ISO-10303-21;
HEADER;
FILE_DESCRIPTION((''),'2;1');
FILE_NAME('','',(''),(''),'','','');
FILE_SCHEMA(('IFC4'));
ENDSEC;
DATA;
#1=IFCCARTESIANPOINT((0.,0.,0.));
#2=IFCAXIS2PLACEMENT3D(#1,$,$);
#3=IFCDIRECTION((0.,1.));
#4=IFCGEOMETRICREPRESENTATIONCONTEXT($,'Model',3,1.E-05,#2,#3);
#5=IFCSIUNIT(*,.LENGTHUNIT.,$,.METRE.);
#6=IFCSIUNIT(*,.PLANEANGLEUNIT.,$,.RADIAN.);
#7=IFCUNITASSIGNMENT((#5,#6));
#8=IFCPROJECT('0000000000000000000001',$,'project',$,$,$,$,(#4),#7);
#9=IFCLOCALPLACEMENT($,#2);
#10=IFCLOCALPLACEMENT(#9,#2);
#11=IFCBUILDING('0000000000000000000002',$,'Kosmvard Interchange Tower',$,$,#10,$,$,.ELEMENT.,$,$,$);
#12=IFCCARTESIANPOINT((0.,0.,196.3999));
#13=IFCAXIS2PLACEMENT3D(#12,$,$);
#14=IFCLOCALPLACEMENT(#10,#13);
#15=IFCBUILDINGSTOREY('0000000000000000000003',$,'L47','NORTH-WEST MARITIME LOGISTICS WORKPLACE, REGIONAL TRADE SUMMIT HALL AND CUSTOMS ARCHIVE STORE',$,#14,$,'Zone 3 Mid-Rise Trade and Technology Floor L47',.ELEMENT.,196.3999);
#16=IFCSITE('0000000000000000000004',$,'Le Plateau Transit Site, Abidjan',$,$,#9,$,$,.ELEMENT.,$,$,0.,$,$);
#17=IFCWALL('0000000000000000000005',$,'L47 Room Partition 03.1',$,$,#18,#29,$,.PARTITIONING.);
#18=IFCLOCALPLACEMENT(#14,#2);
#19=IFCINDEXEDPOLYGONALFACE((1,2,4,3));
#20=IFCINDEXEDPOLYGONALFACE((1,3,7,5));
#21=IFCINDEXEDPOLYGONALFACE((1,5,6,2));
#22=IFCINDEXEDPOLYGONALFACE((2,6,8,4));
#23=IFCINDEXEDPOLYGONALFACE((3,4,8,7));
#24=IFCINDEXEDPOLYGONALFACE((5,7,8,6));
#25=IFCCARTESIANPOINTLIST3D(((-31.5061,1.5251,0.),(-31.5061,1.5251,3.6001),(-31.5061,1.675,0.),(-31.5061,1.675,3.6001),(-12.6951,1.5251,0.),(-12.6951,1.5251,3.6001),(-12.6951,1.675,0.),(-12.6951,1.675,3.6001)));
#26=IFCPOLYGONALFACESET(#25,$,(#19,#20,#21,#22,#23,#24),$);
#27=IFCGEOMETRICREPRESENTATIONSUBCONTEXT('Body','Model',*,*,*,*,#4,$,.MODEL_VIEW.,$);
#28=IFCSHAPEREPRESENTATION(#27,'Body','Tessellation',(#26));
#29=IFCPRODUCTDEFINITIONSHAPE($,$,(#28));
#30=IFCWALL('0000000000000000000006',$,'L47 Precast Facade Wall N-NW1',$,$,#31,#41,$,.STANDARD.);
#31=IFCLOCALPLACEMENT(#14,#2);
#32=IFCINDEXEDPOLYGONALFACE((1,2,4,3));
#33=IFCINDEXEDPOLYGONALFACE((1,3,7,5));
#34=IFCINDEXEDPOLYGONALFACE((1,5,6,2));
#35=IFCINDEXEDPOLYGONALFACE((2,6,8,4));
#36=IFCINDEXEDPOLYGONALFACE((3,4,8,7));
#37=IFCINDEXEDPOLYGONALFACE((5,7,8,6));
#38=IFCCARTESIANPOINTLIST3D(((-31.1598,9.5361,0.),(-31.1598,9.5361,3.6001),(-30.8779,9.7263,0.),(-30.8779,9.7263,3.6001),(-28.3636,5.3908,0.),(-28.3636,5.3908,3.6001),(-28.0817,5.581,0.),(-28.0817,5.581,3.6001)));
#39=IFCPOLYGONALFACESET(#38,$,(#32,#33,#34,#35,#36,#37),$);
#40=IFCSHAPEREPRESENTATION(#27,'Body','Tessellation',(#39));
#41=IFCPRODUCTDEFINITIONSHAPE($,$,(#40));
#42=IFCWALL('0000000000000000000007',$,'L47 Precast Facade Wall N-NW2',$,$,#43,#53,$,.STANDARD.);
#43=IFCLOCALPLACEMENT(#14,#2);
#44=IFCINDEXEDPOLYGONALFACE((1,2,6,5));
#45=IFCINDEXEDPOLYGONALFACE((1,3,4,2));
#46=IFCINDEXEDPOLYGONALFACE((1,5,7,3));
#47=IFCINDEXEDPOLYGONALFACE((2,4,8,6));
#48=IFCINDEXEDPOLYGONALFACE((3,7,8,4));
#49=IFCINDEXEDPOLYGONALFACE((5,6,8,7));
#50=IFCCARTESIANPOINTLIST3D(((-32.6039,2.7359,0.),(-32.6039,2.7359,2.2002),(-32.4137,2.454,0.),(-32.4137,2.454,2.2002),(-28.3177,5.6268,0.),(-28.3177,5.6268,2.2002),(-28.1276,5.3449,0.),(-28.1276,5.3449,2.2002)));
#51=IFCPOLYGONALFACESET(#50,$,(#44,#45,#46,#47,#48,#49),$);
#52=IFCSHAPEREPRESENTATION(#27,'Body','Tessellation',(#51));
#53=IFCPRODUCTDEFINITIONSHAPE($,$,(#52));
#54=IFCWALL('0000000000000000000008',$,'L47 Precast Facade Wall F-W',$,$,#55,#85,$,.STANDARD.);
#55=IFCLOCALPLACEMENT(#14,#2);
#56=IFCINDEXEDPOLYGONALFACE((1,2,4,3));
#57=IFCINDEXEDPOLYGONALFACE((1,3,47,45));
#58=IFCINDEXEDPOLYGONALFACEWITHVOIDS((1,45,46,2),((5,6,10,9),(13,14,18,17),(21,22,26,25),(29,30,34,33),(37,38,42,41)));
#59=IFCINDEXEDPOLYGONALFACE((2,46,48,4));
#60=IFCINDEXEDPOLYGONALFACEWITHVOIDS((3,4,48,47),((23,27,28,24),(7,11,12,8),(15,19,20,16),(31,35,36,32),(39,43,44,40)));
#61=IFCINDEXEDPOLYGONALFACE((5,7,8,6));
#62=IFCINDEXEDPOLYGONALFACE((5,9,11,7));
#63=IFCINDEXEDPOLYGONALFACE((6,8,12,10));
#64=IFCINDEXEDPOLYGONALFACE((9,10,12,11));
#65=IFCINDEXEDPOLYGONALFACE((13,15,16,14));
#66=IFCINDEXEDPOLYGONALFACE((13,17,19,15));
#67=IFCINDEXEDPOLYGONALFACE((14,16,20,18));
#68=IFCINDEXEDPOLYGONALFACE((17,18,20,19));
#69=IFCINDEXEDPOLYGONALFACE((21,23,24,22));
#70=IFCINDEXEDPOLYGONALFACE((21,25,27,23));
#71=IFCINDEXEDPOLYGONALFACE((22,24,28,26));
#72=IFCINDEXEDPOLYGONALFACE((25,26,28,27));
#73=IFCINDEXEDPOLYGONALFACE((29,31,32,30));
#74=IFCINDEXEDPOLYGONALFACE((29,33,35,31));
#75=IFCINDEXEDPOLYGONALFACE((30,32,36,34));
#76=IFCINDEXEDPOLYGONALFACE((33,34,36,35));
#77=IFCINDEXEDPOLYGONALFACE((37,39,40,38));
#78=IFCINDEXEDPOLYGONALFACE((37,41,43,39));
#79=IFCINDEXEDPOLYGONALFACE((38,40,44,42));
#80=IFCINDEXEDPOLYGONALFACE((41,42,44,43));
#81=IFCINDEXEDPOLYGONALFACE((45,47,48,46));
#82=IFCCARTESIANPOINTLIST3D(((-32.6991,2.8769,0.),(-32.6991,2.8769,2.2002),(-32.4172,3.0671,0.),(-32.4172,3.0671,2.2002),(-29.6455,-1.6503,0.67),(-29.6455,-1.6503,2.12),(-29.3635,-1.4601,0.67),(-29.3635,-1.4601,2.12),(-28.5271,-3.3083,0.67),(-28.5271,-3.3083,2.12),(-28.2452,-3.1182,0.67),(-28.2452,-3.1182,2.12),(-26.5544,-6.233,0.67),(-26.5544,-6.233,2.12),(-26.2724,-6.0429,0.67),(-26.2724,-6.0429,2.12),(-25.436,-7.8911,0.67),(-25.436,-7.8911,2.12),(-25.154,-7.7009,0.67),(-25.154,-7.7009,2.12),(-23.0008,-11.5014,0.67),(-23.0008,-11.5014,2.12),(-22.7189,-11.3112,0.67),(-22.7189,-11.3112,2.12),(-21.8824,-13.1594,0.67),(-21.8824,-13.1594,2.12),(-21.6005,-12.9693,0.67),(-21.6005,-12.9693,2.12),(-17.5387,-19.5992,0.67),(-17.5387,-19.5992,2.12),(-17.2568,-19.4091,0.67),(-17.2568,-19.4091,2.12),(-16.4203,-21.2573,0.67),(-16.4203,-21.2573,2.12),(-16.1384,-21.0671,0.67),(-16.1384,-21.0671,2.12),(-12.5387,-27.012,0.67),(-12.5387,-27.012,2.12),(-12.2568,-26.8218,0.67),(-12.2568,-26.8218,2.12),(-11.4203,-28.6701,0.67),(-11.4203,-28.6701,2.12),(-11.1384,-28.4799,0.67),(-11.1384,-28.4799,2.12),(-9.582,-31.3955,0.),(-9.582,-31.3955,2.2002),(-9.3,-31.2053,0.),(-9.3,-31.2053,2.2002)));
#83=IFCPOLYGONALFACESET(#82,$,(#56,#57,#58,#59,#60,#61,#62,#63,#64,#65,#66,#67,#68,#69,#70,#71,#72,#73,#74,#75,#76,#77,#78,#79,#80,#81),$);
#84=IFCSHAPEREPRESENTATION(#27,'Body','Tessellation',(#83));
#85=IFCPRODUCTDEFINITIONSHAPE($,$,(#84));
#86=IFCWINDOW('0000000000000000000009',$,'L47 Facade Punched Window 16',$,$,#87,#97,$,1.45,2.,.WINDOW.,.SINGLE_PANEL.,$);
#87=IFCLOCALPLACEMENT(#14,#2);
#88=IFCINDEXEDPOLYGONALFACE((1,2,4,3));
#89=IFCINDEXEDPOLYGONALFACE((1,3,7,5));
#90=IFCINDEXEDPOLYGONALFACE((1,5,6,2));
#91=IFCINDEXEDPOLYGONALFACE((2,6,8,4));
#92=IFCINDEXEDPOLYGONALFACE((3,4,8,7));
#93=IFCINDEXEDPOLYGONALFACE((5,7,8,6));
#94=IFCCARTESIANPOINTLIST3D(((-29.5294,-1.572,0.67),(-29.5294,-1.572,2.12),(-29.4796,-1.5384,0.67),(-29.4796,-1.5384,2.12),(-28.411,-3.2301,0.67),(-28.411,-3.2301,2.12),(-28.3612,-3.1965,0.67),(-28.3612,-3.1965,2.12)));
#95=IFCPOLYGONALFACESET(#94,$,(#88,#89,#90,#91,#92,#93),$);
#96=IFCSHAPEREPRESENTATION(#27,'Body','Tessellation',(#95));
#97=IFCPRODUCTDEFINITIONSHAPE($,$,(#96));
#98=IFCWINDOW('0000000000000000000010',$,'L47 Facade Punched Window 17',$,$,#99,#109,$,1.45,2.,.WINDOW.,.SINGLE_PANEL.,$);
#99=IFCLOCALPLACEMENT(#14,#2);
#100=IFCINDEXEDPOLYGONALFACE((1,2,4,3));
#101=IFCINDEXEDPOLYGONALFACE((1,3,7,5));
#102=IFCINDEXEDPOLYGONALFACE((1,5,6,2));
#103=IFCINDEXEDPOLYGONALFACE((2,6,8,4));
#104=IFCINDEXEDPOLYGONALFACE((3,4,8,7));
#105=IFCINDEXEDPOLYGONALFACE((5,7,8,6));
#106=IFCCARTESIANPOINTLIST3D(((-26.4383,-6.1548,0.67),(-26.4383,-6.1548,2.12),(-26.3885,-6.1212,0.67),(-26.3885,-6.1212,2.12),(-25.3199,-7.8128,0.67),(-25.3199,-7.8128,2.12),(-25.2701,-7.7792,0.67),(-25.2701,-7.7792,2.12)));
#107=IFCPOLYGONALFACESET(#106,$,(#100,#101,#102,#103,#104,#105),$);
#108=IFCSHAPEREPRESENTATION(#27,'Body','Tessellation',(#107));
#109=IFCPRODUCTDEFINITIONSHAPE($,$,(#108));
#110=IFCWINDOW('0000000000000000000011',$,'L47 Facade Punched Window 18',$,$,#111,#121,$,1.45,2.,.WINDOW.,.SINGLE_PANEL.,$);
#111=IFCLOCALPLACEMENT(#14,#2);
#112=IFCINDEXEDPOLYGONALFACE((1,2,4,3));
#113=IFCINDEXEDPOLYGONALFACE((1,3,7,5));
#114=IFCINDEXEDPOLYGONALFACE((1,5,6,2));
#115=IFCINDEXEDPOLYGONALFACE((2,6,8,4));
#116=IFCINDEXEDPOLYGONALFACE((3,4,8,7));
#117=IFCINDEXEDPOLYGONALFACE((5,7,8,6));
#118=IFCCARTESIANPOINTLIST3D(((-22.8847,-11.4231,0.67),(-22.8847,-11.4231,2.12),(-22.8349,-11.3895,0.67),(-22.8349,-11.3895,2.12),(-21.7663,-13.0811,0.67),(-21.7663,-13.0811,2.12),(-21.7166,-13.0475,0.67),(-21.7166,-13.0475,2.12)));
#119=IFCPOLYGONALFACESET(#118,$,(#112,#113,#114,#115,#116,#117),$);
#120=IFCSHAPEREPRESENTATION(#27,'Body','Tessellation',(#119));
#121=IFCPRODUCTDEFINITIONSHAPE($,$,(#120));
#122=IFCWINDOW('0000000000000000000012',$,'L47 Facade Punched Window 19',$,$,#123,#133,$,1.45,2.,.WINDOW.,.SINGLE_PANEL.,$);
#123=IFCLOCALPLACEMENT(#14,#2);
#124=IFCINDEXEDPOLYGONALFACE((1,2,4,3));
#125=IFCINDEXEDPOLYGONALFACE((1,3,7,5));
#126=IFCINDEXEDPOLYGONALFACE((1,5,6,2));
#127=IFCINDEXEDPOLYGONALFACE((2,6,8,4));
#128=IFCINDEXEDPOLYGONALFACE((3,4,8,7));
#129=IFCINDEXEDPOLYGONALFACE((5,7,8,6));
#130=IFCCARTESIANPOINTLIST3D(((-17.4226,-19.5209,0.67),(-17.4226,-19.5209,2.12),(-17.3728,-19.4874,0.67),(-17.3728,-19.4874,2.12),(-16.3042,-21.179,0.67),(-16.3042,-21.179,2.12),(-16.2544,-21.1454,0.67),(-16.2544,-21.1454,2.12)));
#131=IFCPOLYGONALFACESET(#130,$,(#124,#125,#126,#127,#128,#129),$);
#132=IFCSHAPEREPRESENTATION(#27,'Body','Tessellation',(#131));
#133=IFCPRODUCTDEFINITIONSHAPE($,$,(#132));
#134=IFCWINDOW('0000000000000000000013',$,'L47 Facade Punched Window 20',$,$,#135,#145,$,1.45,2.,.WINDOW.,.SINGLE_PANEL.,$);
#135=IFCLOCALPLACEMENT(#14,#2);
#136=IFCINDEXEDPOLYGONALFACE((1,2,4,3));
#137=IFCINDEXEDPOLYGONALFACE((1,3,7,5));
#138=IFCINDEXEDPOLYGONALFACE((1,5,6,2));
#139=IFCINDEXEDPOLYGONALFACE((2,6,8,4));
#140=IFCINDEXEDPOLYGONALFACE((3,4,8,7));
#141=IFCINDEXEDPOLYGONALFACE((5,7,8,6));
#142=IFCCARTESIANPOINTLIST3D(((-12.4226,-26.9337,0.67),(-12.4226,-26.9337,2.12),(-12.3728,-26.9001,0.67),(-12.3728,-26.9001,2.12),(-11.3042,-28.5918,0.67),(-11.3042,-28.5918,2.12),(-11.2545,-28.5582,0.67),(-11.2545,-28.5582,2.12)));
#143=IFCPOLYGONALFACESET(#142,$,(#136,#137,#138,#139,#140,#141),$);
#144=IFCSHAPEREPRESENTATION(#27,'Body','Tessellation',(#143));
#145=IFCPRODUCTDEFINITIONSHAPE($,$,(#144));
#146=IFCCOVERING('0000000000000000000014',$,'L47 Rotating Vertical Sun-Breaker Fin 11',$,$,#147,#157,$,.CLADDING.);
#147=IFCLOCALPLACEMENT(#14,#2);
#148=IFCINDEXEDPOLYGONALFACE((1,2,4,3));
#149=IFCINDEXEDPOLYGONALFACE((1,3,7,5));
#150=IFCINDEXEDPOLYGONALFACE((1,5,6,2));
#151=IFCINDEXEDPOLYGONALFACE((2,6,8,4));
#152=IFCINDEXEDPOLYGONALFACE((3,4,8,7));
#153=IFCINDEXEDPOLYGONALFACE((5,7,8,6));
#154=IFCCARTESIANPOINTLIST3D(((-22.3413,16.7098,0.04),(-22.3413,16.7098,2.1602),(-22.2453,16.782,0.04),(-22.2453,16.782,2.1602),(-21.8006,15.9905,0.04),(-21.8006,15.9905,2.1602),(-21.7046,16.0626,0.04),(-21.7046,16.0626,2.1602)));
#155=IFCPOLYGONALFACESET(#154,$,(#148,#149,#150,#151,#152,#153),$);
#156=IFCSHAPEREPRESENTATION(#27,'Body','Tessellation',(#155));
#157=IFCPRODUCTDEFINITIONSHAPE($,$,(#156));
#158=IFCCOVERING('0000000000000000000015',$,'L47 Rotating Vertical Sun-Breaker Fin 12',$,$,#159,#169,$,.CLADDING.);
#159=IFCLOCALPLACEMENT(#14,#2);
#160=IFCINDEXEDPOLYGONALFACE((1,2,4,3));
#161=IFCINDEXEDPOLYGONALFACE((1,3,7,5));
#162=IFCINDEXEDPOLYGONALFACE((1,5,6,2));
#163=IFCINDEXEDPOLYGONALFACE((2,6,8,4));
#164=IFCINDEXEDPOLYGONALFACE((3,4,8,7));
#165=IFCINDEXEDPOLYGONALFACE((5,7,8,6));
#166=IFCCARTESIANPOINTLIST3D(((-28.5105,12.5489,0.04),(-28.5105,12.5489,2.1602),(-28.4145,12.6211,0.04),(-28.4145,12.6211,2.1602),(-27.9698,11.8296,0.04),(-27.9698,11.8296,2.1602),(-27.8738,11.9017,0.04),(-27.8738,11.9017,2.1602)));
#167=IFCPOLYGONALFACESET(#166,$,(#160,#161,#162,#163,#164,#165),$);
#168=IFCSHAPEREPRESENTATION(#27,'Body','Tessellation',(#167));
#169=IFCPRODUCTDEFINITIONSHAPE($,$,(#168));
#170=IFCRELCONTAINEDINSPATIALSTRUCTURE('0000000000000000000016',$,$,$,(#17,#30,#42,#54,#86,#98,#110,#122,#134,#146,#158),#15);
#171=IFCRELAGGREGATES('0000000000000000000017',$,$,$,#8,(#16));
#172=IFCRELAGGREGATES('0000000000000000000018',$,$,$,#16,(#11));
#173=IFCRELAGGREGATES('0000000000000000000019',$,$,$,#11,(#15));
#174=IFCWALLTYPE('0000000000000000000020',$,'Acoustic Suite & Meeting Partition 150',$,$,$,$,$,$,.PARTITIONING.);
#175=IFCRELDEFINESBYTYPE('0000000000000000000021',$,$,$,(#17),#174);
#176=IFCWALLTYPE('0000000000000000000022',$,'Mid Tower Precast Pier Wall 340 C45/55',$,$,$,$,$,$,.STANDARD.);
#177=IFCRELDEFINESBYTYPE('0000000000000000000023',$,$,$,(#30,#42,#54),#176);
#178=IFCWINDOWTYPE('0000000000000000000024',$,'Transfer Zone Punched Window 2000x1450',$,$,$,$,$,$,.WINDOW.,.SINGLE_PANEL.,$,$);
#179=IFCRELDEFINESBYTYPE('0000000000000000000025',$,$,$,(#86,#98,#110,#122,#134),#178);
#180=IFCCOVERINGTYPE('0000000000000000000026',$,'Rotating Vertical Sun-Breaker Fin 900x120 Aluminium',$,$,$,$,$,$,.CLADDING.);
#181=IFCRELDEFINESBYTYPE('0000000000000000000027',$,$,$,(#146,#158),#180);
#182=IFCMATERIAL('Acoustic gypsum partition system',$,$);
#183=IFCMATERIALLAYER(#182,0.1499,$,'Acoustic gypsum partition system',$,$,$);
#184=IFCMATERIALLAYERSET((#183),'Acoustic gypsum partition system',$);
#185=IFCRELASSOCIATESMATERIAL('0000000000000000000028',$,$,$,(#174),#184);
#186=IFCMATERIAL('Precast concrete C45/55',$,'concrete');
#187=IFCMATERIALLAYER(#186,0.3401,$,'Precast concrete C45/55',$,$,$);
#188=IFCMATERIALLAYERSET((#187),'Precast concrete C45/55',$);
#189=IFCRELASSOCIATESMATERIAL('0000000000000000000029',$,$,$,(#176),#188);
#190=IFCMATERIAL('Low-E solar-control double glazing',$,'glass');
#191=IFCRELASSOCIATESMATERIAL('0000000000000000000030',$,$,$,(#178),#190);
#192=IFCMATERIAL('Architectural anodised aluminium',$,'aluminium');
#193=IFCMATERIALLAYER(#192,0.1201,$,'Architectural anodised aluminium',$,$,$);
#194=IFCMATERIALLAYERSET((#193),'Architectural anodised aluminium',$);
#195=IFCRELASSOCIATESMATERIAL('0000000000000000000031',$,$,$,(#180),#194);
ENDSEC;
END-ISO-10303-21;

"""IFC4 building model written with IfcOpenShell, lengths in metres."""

from ifc_helpers import new_model, si_unit, direction, frame, frame_2d, origin, origin_2d, place, context, subcontext, project, spatial, rectangle, extrude, source, transform, mapped, material, layer, layer_set, type_object, element, fill, save


model = new_model("IFC4")

# Units and contexts
model_context = context("Model", 3, precision=1e-05, world=origin(), true_north=direction((0.0, 1.0)))
body_context = subcontext(model_context, "Body", "Model", "MODEL_VIEW")
ifc_project = project(units=[si_unit("LENGTHUNIT", "METRE"), si_unit("PLANEANGLEUNIT", "RADIAN")], contexts=[model_context])

# Site, building, storey
site_placement = place(None, origin())
site = spatial("IfcSite", under=ifc_project, at=site_placement, Name="Le Plateau Transit Site, Abidjan", CompositionType="ELEMENT", RefElevation=0.0)
building_placement = place(site_placement, origin())
building = spatial("IfcBuilding", under=site, at=building_placement, Name="Kosmvard Interchange Tower", CompositionType="ELEMENT")
storey_placement = place(building_placement, frame((0.0, 0.0, 196.3999)))
storey = spatial("IfcBuildingStorey", under=building, at=storey_placement, Name="L47", Description="NORTH-WEST MARITIME LOGISTICS WORKPLACE, REGIONAL TRADE SUMMIT HALL AND CUSTOMS ARCHIVE STORE", LongName="Zone 3 Mid-Rise Trade and Technology Floor L47", CompositionType="ELEMENT", Elevation=196.3999)

# Shared definitions
ifc_material_1 = material(Name="Precast concrete C45/55", Category="concrete")

# Walls
ifc_material_2 = material(Name="Acoustic gypsum partition system")
ifc_layer_1 = layer(ifc_material_2, 0.1499, Name="Acoustic gypsum partition system")
ifc_layer_set_1 = layer_set([ifc_layer_1], Name="Acoustic gypsum partition system")
wall_type_1 = type_object("IfcWallType", Name="Acoustic Suite & Meeting Partition 150", PredefinedType="PARTITIONING", material=ifc_layer_set_1)
wall_1_placement = place(storey_placement, frame((-31.5061, 1.6001, 0.0), z_axis=(0.0, 0.0, 1.0), x_axis=(1.0, 0.0, 0.0)))
element("IfcWall", 1, at=wall_1_placement, inside=storey, type_object=wall_type_1, Name="L47 Room Partition 03.1", PredefinedType="PARTITIONING", context=body_context, shape_type="SweptSolid", body=[
    extrude(rectangle(XDim=18.811, YDim=0.1499, at=frame_2d((9.4055, 0.0))), origin(), (0.0, 0.0, 1.0), 3.6001),
])
ifc_layer_2 = layer(ifc_material_1, 0.3401, Name="Precast concrete C45/55")
ifc_layer_set_2 = layer_set([ifc_layer_2], Name="Precast concrete C45/55")
wall_type_2 = type_object("IfcWallType", Name="Mid Tower Precast Pier Wall 340 C45/55", PredefinedType="STANDARD", material=ifc_layer_set_2)
wall_2_placement = place(storey_placement, frame((-31.0188, 9.6311, 0.0), z_axis=(0.0, 0.0, 1.0), x_axis=(0.55921, -0.829026, 0.0)))
element("IfcWall", 2, at=wall_2_placement, inside=storey, type_object=wall_type_2, Name="L47 Precast Facade Wall N-NW1", PredefinedType="STANDARD", context=body_context, shape_type="SweptSolid", body=[
    extrude(rectangle(XDim=5.0002, YDim=0.3401, at=frame_2d((2.5, 0.0))), origin(), (0.0, 0.0, 1.0), 3.6001),
])
wall_3_placement = place(storey_placement, frame((-28.2227, 5.4858, 0.0), z_axis=(0.0, 0.0, 1.0), x_axis=(-0.829052, -0.559171, 0.0)))
element("IfcWall", 3, at=wall_3_placement, inside=storey, type_object=wall_type_2, Name="L47 Precast Facade Wall N-NW2", PredefinedType="STANDARD", context=body_context, shape_type="SweptSolid", body=[
    extrude(rectangle(XDim=5.1699, YDim=0.3401, at=frame_2d((2.585, 0.0))), origin(), (0.0, 0.0, 1.0), 2.2002),
])

# Wall, openings, windows
wall_4_placement = place(storey_placement, frame((-32.5581, 2.9719, 0.0), z_axis=(0.0, 0.0, 1.0), x_axis=(0.559195, -0.829036, 0.0)))
wall_4 = element("IfcWall", 4, at=wall_4_placement, inside=storey, type_object=wall_type_2, Name="L47 Precast Facade Wall F-W", PredefinedType="STANDARD", context=body_context, shape_type="SweptSolid", body=[
    extrude(rectangle(XDim=41.3401, YDim=0.3401, at=frame_2d((20.6699, 0.0))), origin(), (0.0, 0.0, 1.0), 2.2002),
])
opening_1_placement = place(wall_4_placement, frame((5.4607, 0.0, 0.6699)))
opening_1 = element("IfcOpeningElement", 5, at=opening_1_placement, cuts=wall_4, PredefinedType="OPENING", context=body_context, shape_type="SweptSolid", body=[
    extrude(rectangle(XDim=2.0, YDim=1.45, at=frame_2d((1.0, 0.7251))), frame((0.0, 0.1802, 0.0), z_axis=(0.0, -1.0, 0.0), x_axis=(1.0, 0.0, 0.0)), (0.0, 0.0, 1.0), 0.3601),
])
opening_2_placement = place(wall_4_placement, frame((10.9885, 0.0, 0.6699)))
opening_2 = element("IfcOpeningElement", 6, at=opening_2_placement, cuts=wall_4, PredefinedType="OPENING", context=body_context, shape_type="SweptSolid", body=[
    extrude(rectangle(XDim=2.0, YDim=1.45, at=frame_2d((1.0, 0.7251))), frame((0.0, 0.1802, 0.0), z_axis=(0.0, -1.0, 0.0), x_axis=(1.0, 0.0, 0.0)), (0.0, 0.0, 1.0), 0.3601),
])
opening_3_placement = place(wall_4_placement, frame((17.3433, 0.0, 0.6699)))
opening_3 = element("IfcOpeningElement", 7, at=opening_3_placement, cuts=wall_4, PredefinedType="OPENING", context=body_context, shape_type="SweptSolid", body=[
    extrude(rectangle(XDim=2.0, YDim=1.45, at=frame_2d((1.0, 0.7251))), frame((0.0, 0.1802, 0.0), z_axis=(0.0, -1.0, 0.0), x_axis=(1.0, 0.0, 0.0)), (0.0, 0.0, 1.0), 0.3601),
])
opening_4_placement = place(wall_4_placement, frame((27.1111, 0.0, 0.6699)))
opening_4 = element("IfcOpeningElement", 8, at=opening_4_placement, cuts=wall_4, PredefinedType="OPENING", context=body_context, shape_type="SweptSolid", body=[
    extrude(rectangle(XDim=2.0, YDim=1.45, at=frame_2d((1.0, 0.7251))), frame((0.0, 0.1802, 0.0), z_axis=(0.0, -1.0, 0.0), x_axis=(1.0, 0.0, 0.0)), (0.0, 0.0, 1.0), 0.3601),
])
opening_5_placement = place(wall_4_placement, frame((36.0525, 0.0, 0.6699)))
opening_5 = element("IfcOpeningElement", 9, at=opening_5_placement, cuts=wall_4, PredefinedType="OPENING", context=body_context, shape_type="SweptSolid", body=[
    extrude(rectangle(XDim=2.0, YDim=1.45, at=frame_2d((1.0, 0.7251))), frame((0.0, 0.1802, 0.0), z_axis=(0.0, -1.0, 0.0), x_axis=(1.0, 0.0, 0.0)), (0.0, 0.0, 1.0), 0.3601),
])
ifc_material_3 = material(Name="Low-E solar-control double glazing", Category="glass")
window_type = type_object("IfcWindowType", Name="Transfer Zone Punched Window 2000x1450", PartitioningType="SINGLE_PANEL", PredefinedType="WINDOW", material=ifc_material_3)
shared_shape_1 = source(origin(), body_context, "Body", "SweptSolid", [
    extrude(rectangle(XDim=2.0, YDim=1.45, at=frame_2d((1.0, 0.7251))), frame((0.0, 0.03, 0.0), z_axis=(0.0, -1.0, 0.0), x_axis=(1.0, 0.0, 0.0)), (0.0, 0.0, 1.0), 0.0601),
])
window_1_placement = place(opening_1_placement, origin())
window_1 = element("IfcWindow", 10, at=window_1_placement, inside=storey, type_object=window_type, Name="L47 Facade Punched Window 16", OverallHeight=1.45, OverallWidth=2.0, PartitioningType="SINGLE_PANEL", PredefinedType="WINDOW", context=body_context, shape_type="MappedRepresentation", body=[
    mapped(shared_shape_1, transform((0.0, 0.0, 0.0), scale=1.0)),
])
fill(opening_1, window_1)
window_2_placement = place(opening_2_placement, origin())
window_2 = element("IfcWindow", 11, at=window_2_placement, inside=storey, type_object=window_type, Name="L47 Facade Punched Window 17", OverallHeight=1.45, OverallWidth=2.0, PartitioningType="SINGLE_PANEL", PredefinedType="WINDOW", context=body_context, shape_type="MappedRepresentation", body=[
    mapped(shared_shape_1, transform((0.0, 0.0, 0.0), scale=1.0)),
])
fill(opening_2, window_2)
window_3_placement = place(opening_3_placement, origin())
window_3 = element("IfcWindow", 12, at=window_3_placement, inside=storey, type_object=window_type, Name="L47 Facade Punched Window 18", OverallHeight=1.45, OverallWidth=2.0, PartitioningType="SINGLE_PANEL", PredefinedType="WINDOW", context=body_context, shape_type="MappedRepresentation", body=[
    mapped(shared_shape_1, transform((0.0, 0.0, 0.0), scale=1.0)),
])
fill(opening_3, window_3)
window_4_placement = place(opening_4_placement, origin())
window_4 = element("IfcWindow", 13, at=window_4_placement, inside=storey, type_object=window_type, Name="L47 Facade Punched Window 19", OverallHeight=1.45, OverallWidth=2.0, PartitioningType="SINGLE_PANEL", PredefinedType="WINDOW", context=body_context, shape_type="MappedRepresentation", body=[
    mapped(shared_shape_1, transform((0.0, 0.0, 0.0), scale=1.0)),
])
fill(opening_4, window_4)
window_5_placement = place(opening_5_placement, origin())
window_5 = element("IfcWindow", 14, at=window_5_placement, inside=storey, type_object=window_type, Name="L47 Facade Punched Window 20", OverallHeight=1.45, OverallWidth=2.0, PartitioningType="SINGLE_PANEL", PredefinedType="WINDOW", context=body_context, shape_type="MappedRepresentation", body=[
    mapped(shared_shape_1, transform((0.0, 0.0, 0.0), scale=1.0)),
])
fill(opening_5, window_5)

# Coverings
ifc_material_4 = material(Name="Architectural anodised aluminium", Category="aluminium")
ifc_layer_3 = layer(ifc_material_4, 0.1201, Name="Architectural anodised aluminium")
ifc_layer_set_3 = layer_set([ifc_layer_3], Name="Architectural anodised aluminium")
covering_type = type_object("IfcCoveringType", Name="Rotating Vertical Sun-Breaker Fin 900x120 Aluminium", PredefinedType="CLADDING", material=ifc_layer_set_3)
shared_shape_2 = source(origin(), body_context, "Body", "SweptSolid", [
    extrude(rectangle(XDim=0.8999, YDim=0.1201, at=origin_2d()), origin(), (0.0, 0.0, 1.0), 2.1201),
])
for number, where, z_axis, x_axis, name in (
    (15, (-22.0229, 16.3862, 0.04), (0.0, 0.0, 1.0), (-0.600839, 0.79937, 0.0), "L47 Rotating Vertical Sun-Breaker Fin 11"),
    (16, (-28.1921, 12.2253, 0.04), (0.0, 0.0, 1.0), (-0.600839, 0.79937, 0.0), "L47 Rotating Vertical Sun-Breaker Fin 12"),
):
    element("IfcCovering", number, at=place(storey_placement, frame(where, z_axis=z_axis, x_axis=x_axis)), inside=storey, type_object=covering_type, Name=name, PredefinedType="CLADDING", context=body_context, shape_type="MappedRepresentation", body=[
        mapped(shared_shape_2, transform((0.0, 0.0, 0.0), scale=1.0)),
    ])

save(model, "model.ifc")
